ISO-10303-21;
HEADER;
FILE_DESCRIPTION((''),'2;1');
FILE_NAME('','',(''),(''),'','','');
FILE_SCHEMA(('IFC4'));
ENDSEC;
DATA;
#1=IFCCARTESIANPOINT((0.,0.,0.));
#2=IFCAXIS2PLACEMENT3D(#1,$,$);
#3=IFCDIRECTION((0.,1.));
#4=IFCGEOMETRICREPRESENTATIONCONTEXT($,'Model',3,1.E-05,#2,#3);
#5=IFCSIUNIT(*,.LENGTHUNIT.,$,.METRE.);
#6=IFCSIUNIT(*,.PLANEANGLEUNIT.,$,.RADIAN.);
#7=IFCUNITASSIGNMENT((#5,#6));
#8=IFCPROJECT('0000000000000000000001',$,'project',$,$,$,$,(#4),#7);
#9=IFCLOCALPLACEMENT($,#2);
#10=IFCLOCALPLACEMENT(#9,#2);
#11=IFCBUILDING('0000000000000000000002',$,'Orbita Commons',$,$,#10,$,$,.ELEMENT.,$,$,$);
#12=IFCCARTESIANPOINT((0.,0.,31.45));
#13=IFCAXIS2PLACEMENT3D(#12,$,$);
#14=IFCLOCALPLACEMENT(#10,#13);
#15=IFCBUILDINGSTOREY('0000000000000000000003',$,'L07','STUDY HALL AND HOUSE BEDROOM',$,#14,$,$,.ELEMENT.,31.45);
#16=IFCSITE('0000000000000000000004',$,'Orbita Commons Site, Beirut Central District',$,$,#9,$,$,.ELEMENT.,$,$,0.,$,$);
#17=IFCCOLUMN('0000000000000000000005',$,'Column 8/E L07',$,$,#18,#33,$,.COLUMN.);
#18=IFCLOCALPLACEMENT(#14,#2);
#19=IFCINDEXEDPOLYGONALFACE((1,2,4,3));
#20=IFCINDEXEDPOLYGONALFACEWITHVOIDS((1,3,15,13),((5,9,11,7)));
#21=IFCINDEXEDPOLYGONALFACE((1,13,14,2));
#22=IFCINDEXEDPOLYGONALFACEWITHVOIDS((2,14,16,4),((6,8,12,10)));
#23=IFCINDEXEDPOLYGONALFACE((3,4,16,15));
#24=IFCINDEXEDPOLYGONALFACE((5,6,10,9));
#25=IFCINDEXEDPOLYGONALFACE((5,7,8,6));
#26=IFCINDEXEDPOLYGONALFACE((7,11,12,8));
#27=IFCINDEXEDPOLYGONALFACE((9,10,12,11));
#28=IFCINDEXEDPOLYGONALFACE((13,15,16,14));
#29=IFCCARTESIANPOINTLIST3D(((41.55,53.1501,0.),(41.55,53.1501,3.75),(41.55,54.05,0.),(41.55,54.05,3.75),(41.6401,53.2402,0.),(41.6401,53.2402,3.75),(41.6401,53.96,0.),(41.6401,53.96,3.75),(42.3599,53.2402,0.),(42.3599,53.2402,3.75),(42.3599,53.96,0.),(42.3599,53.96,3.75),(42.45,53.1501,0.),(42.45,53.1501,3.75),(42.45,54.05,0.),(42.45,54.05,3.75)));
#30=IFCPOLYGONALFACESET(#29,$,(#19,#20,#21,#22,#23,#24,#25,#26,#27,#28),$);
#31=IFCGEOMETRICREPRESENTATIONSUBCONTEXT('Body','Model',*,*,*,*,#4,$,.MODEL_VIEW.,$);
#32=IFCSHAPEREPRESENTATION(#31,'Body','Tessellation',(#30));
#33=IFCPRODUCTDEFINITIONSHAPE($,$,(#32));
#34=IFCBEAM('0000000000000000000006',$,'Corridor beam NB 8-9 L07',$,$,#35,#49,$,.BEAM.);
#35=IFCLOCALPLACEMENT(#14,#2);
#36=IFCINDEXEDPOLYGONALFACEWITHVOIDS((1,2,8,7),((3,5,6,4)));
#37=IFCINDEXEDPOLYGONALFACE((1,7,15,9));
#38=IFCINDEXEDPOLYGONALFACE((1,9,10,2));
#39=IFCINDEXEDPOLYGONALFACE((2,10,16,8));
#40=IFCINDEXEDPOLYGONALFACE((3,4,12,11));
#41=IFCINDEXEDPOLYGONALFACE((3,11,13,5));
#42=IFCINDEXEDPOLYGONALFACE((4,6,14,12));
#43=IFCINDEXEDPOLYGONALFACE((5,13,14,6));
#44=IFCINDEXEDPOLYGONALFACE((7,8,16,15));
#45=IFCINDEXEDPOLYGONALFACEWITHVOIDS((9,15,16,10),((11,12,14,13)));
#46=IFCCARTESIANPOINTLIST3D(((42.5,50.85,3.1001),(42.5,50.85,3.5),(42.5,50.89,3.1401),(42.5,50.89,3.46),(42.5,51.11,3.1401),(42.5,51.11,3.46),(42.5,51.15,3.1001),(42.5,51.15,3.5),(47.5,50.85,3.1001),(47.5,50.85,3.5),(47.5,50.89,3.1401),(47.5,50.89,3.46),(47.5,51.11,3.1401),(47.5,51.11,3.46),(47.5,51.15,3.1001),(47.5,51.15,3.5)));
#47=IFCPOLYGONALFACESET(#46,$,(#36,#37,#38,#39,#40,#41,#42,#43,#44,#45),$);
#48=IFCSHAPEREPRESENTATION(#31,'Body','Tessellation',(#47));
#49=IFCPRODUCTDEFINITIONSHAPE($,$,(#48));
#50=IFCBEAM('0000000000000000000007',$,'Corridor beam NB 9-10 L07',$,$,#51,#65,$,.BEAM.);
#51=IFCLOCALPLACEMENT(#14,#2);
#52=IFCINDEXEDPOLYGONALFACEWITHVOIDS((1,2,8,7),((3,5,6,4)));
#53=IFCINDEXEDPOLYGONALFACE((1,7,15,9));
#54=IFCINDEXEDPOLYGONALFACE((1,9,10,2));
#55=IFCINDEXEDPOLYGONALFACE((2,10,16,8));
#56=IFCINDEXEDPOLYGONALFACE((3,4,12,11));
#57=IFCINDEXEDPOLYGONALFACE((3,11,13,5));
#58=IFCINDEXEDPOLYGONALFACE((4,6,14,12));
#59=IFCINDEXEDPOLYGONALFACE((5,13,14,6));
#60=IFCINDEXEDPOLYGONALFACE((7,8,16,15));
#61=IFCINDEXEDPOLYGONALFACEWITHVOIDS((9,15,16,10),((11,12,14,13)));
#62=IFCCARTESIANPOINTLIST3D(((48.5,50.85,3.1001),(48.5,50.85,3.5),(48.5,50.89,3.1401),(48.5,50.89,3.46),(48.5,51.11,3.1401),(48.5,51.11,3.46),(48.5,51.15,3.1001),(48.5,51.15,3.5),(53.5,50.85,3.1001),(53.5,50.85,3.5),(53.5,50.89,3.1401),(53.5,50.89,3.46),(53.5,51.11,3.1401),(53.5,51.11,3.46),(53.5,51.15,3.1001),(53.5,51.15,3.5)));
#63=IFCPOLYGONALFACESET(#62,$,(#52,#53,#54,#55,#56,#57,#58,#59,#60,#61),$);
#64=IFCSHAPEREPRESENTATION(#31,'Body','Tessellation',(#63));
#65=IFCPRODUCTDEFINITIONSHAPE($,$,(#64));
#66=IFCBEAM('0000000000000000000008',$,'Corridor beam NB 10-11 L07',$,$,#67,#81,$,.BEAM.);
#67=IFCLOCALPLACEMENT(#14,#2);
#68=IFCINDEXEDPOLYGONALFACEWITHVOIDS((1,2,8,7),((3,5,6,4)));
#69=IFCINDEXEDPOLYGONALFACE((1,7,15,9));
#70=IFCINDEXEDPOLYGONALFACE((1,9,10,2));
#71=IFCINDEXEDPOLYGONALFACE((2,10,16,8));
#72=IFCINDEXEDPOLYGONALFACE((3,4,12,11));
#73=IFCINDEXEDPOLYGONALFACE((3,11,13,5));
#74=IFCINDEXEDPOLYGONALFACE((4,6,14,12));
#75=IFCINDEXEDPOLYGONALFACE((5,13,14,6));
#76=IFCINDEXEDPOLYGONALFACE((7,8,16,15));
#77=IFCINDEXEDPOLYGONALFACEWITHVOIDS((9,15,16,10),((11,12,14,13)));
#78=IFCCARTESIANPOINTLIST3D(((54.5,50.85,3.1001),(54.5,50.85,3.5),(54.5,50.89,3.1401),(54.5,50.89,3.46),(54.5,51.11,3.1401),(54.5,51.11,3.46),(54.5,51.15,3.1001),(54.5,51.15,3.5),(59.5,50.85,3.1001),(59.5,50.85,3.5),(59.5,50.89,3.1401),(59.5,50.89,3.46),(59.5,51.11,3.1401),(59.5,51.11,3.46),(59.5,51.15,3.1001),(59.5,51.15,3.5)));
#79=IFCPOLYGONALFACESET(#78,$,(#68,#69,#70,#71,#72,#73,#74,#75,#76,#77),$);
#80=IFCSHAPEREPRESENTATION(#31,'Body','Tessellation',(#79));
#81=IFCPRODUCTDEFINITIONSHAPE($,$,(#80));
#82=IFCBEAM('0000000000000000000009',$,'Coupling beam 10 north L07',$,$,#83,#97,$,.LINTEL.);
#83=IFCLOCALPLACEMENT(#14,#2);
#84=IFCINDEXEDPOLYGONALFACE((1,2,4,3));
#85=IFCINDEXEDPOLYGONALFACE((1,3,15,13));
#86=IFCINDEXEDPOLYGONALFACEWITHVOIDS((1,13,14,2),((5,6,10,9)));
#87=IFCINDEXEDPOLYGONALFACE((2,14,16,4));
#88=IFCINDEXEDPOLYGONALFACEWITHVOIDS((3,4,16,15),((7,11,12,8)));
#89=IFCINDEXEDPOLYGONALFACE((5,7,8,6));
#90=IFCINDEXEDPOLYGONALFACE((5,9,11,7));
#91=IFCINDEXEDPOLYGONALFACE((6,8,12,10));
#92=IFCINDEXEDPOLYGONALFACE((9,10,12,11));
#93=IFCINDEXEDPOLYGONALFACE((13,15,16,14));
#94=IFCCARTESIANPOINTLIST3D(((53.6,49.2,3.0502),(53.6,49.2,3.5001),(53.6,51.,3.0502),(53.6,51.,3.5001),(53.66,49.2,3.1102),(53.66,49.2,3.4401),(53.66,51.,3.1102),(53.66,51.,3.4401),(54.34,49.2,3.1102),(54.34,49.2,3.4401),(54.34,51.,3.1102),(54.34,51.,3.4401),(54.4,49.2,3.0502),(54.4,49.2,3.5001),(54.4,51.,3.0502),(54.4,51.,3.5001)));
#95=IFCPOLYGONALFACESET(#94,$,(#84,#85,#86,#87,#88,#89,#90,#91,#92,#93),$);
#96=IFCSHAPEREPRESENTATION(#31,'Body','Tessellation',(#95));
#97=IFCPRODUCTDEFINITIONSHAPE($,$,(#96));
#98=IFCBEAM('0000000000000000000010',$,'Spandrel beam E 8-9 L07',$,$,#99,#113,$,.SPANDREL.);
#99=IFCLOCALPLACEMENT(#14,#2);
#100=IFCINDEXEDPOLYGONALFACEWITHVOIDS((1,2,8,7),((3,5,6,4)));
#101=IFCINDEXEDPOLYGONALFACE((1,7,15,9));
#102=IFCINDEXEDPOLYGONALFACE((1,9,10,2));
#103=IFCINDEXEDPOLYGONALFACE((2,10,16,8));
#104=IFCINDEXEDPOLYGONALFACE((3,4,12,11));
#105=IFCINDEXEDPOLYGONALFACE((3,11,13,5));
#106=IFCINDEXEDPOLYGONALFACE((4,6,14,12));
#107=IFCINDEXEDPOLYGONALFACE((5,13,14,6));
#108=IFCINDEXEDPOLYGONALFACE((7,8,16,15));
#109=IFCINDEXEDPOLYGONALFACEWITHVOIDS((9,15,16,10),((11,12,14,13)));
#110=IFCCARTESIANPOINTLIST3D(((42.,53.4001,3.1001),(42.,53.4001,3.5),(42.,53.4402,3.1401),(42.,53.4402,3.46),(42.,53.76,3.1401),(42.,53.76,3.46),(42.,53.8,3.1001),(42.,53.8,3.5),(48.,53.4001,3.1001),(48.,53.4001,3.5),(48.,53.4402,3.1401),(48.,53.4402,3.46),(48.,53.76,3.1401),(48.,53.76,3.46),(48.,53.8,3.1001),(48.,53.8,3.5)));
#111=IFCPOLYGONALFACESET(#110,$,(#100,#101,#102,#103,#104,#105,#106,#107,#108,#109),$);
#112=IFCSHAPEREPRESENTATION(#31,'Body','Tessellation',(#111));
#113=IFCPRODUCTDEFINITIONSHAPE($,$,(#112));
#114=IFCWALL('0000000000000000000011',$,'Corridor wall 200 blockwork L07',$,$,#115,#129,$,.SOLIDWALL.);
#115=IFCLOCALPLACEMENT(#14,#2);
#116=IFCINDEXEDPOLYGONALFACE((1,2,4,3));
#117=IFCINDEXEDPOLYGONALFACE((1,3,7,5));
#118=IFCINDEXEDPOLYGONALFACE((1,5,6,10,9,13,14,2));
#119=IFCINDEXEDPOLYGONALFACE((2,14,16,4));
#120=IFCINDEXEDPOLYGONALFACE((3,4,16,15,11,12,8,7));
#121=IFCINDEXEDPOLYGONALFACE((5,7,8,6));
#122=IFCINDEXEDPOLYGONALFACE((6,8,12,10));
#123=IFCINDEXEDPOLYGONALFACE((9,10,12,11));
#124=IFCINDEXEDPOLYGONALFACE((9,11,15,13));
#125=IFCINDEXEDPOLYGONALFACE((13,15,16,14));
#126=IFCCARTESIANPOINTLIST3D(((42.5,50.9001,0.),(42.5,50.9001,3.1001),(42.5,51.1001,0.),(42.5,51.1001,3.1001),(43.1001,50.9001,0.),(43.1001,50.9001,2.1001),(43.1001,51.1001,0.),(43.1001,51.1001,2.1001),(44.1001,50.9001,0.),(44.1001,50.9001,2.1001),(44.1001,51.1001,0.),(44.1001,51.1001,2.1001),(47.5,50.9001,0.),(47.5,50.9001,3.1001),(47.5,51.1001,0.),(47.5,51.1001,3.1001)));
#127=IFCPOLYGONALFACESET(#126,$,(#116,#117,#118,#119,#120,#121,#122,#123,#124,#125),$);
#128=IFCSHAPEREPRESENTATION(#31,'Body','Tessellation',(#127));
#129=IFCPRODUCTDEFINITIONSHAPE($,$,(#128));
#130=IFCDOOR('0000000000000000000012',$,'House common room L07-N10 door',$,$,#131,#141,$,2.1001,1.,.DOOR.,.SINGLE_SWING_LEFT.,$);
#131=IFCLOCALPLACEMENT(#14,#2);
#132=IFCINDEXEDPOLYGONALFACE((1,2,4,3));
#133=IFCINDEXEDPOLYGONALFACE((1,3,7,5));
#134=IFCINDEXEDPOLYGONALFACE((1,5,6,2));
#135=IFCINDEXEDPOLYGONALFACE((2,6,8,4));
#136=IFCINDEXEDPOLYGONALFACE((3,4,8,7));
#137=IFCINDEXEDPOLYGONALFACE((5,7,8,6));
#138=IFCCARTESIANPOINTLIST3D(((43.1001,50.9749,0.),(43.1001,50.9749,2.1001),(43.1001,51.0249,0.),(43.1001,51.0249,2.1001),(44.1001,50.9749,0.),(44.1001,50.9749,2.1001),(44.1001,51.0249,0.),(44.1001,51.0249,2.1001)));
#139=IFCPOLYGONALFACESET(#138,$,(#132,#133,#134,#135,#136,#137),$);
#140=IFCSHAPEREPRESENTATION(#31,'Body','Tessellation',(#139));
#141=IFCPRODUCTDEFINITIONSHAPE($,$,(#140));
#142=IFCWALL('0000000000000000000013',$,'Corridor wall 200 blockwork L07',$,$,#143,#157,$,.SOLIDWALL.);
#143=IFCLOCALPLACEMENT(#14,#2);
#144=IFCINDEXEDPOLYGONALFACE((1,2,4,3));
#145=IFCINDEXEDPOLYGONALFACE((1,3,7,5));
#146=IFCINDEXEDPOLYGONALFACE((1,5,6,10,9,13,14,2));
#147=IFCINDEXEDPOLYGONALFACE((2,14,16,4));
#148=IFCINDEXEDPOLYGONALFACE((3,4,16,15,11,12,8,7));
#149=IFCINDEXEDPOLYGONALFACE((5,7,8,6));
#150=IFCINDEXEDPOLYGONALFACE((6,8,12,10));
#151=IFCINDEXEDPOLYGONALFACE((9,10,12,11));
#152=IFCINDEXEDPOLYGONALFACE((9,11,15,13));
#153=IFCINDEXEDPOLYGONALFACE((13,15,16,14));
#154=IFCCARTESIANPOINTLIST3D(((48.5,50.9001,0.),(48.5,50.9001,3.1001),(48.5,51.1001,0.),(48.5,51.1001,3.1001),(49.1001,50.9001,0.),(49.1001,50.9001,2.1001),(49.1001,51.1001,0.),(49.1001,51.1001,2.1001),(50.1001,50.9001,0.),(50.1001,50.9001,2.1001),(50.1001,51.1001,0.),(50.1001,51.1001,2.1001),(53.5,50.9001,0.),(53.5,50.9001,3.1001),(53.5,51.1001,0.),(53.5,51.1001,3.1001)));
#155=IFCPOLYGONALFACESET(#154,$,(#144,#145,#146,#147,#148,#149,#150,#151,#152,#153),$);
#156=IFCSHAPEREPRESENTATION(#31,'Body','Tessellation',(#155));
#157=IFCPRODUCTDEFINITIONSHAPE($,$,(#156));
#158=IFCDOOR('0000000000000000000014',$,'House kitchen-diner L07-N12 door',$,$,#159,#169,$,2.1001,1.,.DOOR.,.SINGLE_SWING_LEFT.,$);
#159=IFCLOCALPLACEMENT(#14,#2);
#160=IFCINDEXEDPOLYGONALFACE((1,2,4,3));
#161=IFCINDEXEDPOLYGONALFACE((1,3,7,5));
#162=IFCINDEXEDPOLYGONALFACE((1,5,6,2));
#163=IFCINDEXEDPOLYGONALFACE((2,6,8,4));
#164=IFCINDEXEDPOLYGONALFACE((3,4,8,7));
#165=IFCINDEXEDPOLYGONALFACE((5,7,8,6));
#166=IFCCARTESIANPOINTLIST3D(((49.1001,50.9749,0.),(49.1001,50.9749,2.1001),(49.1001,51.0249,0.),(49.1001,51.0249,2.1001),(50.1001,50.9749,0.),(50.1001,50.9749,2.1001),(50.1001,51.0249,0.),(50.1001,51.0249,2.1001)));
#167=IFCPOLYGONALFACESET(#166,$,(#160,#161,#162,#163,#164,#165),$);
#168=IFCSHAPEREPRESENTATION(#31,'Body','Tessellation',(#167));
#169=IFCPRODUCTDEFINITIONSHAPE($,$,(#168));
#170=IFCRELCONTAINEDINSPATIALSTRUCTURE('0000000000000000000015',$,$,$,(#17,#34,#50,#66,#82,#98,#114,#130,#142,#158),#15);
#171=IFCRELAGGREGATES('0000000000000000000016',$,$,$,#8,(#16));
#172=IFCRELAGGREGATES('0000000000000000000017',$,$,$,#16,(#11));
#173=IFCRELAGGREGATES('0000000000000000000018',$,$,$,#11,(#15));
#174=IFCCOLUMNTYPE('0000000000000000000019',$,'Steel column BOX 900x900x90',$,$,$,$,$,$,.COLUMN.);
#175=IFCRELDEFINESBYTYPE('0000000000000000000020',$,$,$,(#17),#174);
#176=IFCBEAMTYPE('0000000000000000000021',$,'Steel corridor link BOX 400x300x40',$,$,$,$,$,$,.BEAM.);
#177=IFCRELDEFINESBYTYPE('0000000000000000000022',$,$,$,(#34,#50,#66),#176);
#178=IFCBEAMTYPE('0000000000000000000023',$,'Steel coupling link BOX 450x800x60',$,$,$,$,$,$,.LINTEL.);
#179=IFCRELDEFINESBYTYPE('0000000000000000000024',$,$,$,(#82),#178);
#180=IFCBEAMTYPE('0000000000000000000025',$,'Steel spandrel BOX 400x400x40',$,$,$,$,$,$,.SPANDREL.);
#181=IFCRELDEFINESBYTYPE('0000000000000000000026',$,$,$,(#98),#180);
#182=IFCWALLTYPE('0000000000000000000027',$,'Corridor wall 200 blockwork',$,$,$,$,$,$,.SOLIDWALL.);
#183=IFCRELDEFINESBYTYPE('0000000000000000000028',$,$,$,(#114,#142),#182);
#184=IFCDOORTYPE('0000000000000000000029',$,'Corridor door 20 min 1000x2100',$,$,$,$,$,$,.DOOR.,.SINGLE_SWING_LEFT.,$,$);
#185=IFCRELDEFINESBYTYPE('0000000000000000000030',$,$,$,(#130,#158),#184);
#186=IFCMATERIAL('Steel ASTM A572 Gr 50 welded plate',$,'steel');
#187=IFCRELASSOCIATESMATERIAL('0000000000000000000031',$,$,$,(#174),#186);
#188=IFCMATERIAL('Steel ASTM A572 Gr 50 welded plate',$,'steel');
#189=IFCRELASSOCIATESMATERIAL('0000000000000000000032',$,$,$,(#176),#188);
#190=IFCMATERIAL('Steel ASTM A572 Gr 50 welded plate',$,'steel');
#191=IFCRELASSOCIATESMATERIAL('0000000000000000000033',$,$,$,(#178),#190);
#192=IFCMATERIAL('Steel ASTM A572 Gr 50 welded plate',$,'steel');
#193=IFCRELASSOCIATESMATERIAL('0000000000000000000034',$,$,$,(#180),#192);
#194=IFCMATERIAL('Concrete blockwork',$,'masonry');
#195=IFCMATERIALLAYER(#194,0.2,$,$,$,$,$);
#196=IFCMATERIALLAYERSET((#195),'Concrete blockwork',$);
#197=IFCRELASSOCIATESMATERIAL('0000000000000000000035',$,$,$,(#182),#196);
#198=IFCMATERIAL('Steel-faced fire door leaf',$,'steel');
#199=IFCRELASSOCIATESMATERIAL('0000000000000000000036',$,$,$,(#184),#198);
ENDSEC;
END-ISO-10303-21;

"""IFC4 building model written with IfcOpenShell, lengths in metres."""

from ifc_helpers import new_model, si_unit, direction, frame, frame_2d, origin, origin_2d, place, context, subcontext, project, spatial, polyline, rectangle, hollow_rectangle, outline, extrude, material, layer, layer_set, material_profile, profile_set, type_object, element, fill, save


model = new_model("IFC4")

# Units and contexts
model_context = context("Model", 3, precision=1e-05, world=origin(), true_north=direction((0.0, 1.0)))
body_context = subcontext(model_context, "Body", "Model", "MODEL_VIEW")
ifc_project = project(units=[si_unit("LENGTHUNIT", "METRE"), si_unit("PLANEANGLEUNIT", "RADIAN")], contexts=[model_context])

# Site, building, storey
site_placement = place(None, origin())
site = spatial("IfcSite", under=ifc_project, at=site_placement, Name="Orbita Commons Site, Beirut Central District", CompositionType="ELEMENT", RefElevation=0.0)
building_placement = place(site_placement, origin())
building = spatial("IfcBuilding", under=site, at=building_placement, Name="Orbita Commons", CompositionType="ELEMENT")
storey_placement = place(building_placement, frame((0.0, 0.0, 31.45)))
storey = spatial("IfcBuildingStorey", under=building, at=storey_placement, Name="L07", Description="STUDY HALL AND HOUSE BEDROOM", CompositionType="ELEMENT", Elevation=31.45)

# Column
ifc_material_1 = material(Name="Steel ASTM A572 Gr 50 welded plate", Category="steel")
ifc_material_profile_1 = material_profile(ifc_material_1, hollow_rectangle(XDim=0.8999, YDim=0.8999, WallThickness=0.0901, at=origin_2d()), Name="BOX 900x900x90")
ifc_profile_set_1 = profile_set([ifc_material_profile_1], Name="Steel ASTM A572 Gr 50 welded plate")
column_type = type_object("IfcColumnType", Name="Steel column BOX 900x900x90", PredefinedType="COLUMN", material=ifc_profile_set_1)
column_placement = place(storey_placement, frame((42.0, 53.6001, 0.0), z_axis=(0.0, 0.0, 1.0), x_axis=(1.0, 0.0, 0.0)))
element("IfcColumn", 1, at=column_placement, inside=storey, type_object=column_type, Name="Column 8/E L07", PredefinedType="COLUMN", context=body_context, shape_type="SweptSolid", body=[
    extrude(hollow_rectangle(XDim=0.8999, YDim=0.8999, WallThickness=0.0901, at=origin_2d()), origin(), (0.0, 0.0, 1.0), 3.75),
])

# Beams
ifc_material_2 = material(Name="Steel ASTM A572 Gr 50 welded plate", Category="steel")
ifc_material_profile_2 = material_profile(ifc_material_2, hollow_rectangle(XDim=0.3, YDim=0.3999, WallThickness=0.04, at=origin_2d()), Name="BOX 400x300x40")
ifc_profile_set_2 = profile_set([ifc_material_profile_2], Name="Steel ASTM A572 Gr 50 welded plate")
beam_type_1 = type_object("IfcBeamType", Name="Steel corridor link BOX 400x300x40", PredefinedType="BEAM", material=ifc_profile_set_2)
for number, where, z_axis, x_axis, name in (
    (2, (42.5, 51.0, 3.3), (1.0, 0.0, 0.0), (0.0, 1.0, 0.0), "Corridor beam NB 8-9 L07"),
    (3, (48.5, 51.0, 3.3), (1.0, 0.0, 0.0), (0.0, 1.0, 0.0), "Corridor beam NB 9-10 L07"),
    (4, (54.5, 51.0, 3.3), (1.0, 0.0, 0.0), (0.0, 1.0, 0.0), "Corridor beam NB 10-11 L07"),
):
    element("IfcBeam", number, at=place(storey_placement, frame(where, z_axis=z_axis, x_axis=x_axis)), inside=storey, type_object=beam_type_1, Name=name, PredefinedType="BEAM", context=body_context, shape_type="SweptSolid", body=[
        extrude(hollow_rectangle(XDim=0.3, YDim=0.3999, WallThickness=0.04, at=origin_2d()), origin(), (0.0, 0.0, 1.0), 5.0),
    ])
ifc_material_3 = material(Name="Steel ASTM A572 Gr 50 welded plate", Category="steel")
ifc_material_profile_3 = material_profile(ifc_material_3, hollow_rectangle(XDim=0.8, YDim=0.45, WallThickness=0.0601, at=origin_2d()), Name="BOX 450x800x60")
ifc_profile_set_3 = profile_set([ifc_material_profile_3], Name="Steel ASTM A572 Gr 50 welded plate")
beam_type_2 = type_object("IfcBeamType", Name="Steel coupling link BOX 450x800x60", PredefinedType="LINTEL", material=ifc_profile_set_3)
beam_1_placement = place(storey_placement, frame((54.0, 49.2, 3.2751), z_axis=(0.0, 1.0, 0.0), x_axis=(-1.0, 0.0, 0.0)))
element("IfcBeam", 5, at=beam_1_placement, inside=storey, type_object=beam_type_2, Name="Coupling beam 10 north L07", PredefinedType="LINTEL", context=body_context, shape_type="SweptSolid", body=[
    extrude(hollow_rectangle(XDim=0.8, YDim=0.45, WallThickness=0.0601, at=origin_2d()), origin(), (0.0, 0.0, 1.0), 1.8),
])
ifc_material_4 = material(Name="Steel ASTM A572 Gr 50 welded plate", Category="steel")
ifc_material_profile_4 = material_profile(ifc_material_4, hollow_rectangle(XDim=0.3999, YDim=0.3999, WallThickness=0.04, at=origin_2d()), Name="BOX 400x400x40")
ifc_profile_set_4 = profile_set([ifc_material_profile_4], Name="Steel ASTM A572 Gr 50 welded plate")
beam_type_3 = type_object("IfcBeamType", Name="Steel spandrel BOX 400x400x40", PredefinedType="SPANDREL", material=ifc_profile_set_4)
beam_2_placement = place(storey_placement, frame((42.0, 53.6001, 3.3), z_axis=(1.0, 0.0, 0.0), x_axis=(0.0, 1.0, 0.0)))
element("IfcBeam", 6, at=beam_2_placement, inside=storey, type_object=beam_type_3, Name="Spandrel beam E 8-9 L07", PredefinedType="SPANDREL", context=body_context, shape_type="SweptSolid", body=[
    extrude(hollow_rectangle(XDim=0.3999, YDim=0.3999, WallThickness=0.04, at=origin_2d()), origin(), (0.0, 0.0, 1.0), 6.0),
])

# Walls, openings, doors
ifc_material_5 = material(Name="Concrete blockwork", Category="masonry")
ifc_layer_1 = layer(ifc_material_5, 0.2)
ifc_layer_set_1 = layer_set([ifc_layer_1], Name="Concrete blockwork")
wall_type_1 = type_object("IfcWallType", Name="Corridor wall 200 blockwork", PredefinedType="SOLIDWALL", material=ifc_layer_set_1)
wall_1_placement = place(storey_placement, frame((42.5, 51.0, 0.0), z_axis=(0.0, 0.0, 1.0), x_axis=(1.0, 0.0, 0.0)))
wall_1 = element("IfcWall", 7, at=wall_1_placement, inside=storey, type_object=wall_type_1, Name="Corridor wall 200 blockwork L07", PredefinedType="SOLIDWALL", context=body_context, shape_type="SweptSolid", body=[
    extrude(outline(polyline([(0.0, 0.0), (5.0, 0.0), (5.0, 3.1001), (0.0, 3.1001), (0.0, 0.0)])), frame((0.0, 0.1001, 0.0), z_axis=(0.0, -1.0, 0.0), x_axis=(1.0, 0.0, 0.0)), (0.0, 0.0, 1.0), 0.2),
])
opening_1_placement = place(wall_1_placement, frame((0.6001, 0.0, 0.0)))
opening_1 = element("IfcOpeningElement", 8, at=opening_1_placement, cuts=wall_1, PredefinedType="OPENING", context=body_context, shape_type="SweptSolid", body=[
    extrude(rectangle(XDim=1.0, YDim=2.1001, at=frame_2d((0.5, 1.05))), frame((0.0, 0.1099, 0.0), z_axis=(0.0, -1.0, 0.0), x_axis=(1.0, 0.0, 0.0)), (0.0, 0.0, 1.0), 0.22),
])
ifc_material_6 = material(Name="Steel-faced fire door leaf", Category="steel")
door_type_1 = type_object("IfcDoorType", Name="Corridor door 20 min 1000x2100", OperationType="SINGLE_SWING_LEFT", PredefinedType="DOOR", material=ifc_material_6)
door_1_placement = place(opening_1_placement, origin())
door_1 = element("IfcDoor", 9, at=door_1_placement, inside=storey, type_object=door_type_1, Name="House common room L07-N10 door", OperationType="SINGLE_SWING_LEFT", OverallHeight=2.1001, OverallWidth=1.0, PredefinedType="DOOR", context=body_context, shape_type="SweptSolid", body=[
    extrude(rectangle(XDim=1.0, YDim=2.1001, at=frame_2d((0.5, 1.05))), frame((0.0, 0.0249, 0.0), z_axis=(0.0, -1.0, 0.0), x_axis=(1.0, 0.0, 0.0)), (0.0, 0.0, 1.0), 0.05),
])
fill(opening_1, door_1)
wall_2_placement = place(storey_placement, frame((48.5, 51.0, 0.0), z_axis=(0.0, 0.0, 1.0), x_axis=(1.0, 0.0, 0.0)))
wall_2 = element("IfcWall", 10, at=wall_2_placement, inside=storey, type_object=wall_type_1, Name="Corridor wall 200 blockwork L07", PredefinedType="SOLIDWALL", context=body_context, shape_type="SweptSolid", body=[
    extrude(outline(polyline([(0.0, 0.0), (5.0, 0.0), (5.0, 3.1001), (0.0, 3.1001), (0.0, 0.0)])), frame((0.0, 0.1001, 0.0), z_axis=(0.0, -1.0, 0.0), x_axis=(1.0, 0.0, 0.0)), (0.0, 0.0, 1.0), 0.2),
])
opening_2_placement = place(wall_2_placement, frame((0.6001, 0.0, 0.0)))
opening_2 = element("IfcOpeningElement", 11, at=opening_2_placement, cuts=wall_2, PredefinedType="OPENING", context=body_context, shape_type="SweptSolid", body=[
    extrude(rectangle(XDim=1.0, YDim=2.1001, at=frame_2d((0.5, 1.05))), frame((0.0, 0.1099, 0.0), z_axis=(0.0, -1.0, 0.0), x_axis=(1.0, 0.0, 0.0)), (0.0, 0.0, 1.0), 0.22),
])
door_2_placement = place(opening_2_placement, origin())
door_2 = element("IfcDoor", 12, at=door_2_placement, inside=storey, type_object=door_type_1, Name="House kitchen-diner L07-N12 door", OperationType="SINGLE_SWING_LEFT", OverallHeight=2.1001, OverallWidth=1.0, PredefinedType="DOOR", context=body_context, shape_type="SweptSolid", body=[
    extrude(rectangle(XDim=1.0, YDim=2.1001, at=frame_2d((0.5, 1.05))), frame((0.0, 0.0249, 0.0), z_axis=(0.0, -1.0, 0.0), x_axis=(1.0, 0.0, 0.0)), (0.0, 0.0, 1.0), 0.05),
])
fill(opening_2, door_2)

save(model, "model.ifc")
